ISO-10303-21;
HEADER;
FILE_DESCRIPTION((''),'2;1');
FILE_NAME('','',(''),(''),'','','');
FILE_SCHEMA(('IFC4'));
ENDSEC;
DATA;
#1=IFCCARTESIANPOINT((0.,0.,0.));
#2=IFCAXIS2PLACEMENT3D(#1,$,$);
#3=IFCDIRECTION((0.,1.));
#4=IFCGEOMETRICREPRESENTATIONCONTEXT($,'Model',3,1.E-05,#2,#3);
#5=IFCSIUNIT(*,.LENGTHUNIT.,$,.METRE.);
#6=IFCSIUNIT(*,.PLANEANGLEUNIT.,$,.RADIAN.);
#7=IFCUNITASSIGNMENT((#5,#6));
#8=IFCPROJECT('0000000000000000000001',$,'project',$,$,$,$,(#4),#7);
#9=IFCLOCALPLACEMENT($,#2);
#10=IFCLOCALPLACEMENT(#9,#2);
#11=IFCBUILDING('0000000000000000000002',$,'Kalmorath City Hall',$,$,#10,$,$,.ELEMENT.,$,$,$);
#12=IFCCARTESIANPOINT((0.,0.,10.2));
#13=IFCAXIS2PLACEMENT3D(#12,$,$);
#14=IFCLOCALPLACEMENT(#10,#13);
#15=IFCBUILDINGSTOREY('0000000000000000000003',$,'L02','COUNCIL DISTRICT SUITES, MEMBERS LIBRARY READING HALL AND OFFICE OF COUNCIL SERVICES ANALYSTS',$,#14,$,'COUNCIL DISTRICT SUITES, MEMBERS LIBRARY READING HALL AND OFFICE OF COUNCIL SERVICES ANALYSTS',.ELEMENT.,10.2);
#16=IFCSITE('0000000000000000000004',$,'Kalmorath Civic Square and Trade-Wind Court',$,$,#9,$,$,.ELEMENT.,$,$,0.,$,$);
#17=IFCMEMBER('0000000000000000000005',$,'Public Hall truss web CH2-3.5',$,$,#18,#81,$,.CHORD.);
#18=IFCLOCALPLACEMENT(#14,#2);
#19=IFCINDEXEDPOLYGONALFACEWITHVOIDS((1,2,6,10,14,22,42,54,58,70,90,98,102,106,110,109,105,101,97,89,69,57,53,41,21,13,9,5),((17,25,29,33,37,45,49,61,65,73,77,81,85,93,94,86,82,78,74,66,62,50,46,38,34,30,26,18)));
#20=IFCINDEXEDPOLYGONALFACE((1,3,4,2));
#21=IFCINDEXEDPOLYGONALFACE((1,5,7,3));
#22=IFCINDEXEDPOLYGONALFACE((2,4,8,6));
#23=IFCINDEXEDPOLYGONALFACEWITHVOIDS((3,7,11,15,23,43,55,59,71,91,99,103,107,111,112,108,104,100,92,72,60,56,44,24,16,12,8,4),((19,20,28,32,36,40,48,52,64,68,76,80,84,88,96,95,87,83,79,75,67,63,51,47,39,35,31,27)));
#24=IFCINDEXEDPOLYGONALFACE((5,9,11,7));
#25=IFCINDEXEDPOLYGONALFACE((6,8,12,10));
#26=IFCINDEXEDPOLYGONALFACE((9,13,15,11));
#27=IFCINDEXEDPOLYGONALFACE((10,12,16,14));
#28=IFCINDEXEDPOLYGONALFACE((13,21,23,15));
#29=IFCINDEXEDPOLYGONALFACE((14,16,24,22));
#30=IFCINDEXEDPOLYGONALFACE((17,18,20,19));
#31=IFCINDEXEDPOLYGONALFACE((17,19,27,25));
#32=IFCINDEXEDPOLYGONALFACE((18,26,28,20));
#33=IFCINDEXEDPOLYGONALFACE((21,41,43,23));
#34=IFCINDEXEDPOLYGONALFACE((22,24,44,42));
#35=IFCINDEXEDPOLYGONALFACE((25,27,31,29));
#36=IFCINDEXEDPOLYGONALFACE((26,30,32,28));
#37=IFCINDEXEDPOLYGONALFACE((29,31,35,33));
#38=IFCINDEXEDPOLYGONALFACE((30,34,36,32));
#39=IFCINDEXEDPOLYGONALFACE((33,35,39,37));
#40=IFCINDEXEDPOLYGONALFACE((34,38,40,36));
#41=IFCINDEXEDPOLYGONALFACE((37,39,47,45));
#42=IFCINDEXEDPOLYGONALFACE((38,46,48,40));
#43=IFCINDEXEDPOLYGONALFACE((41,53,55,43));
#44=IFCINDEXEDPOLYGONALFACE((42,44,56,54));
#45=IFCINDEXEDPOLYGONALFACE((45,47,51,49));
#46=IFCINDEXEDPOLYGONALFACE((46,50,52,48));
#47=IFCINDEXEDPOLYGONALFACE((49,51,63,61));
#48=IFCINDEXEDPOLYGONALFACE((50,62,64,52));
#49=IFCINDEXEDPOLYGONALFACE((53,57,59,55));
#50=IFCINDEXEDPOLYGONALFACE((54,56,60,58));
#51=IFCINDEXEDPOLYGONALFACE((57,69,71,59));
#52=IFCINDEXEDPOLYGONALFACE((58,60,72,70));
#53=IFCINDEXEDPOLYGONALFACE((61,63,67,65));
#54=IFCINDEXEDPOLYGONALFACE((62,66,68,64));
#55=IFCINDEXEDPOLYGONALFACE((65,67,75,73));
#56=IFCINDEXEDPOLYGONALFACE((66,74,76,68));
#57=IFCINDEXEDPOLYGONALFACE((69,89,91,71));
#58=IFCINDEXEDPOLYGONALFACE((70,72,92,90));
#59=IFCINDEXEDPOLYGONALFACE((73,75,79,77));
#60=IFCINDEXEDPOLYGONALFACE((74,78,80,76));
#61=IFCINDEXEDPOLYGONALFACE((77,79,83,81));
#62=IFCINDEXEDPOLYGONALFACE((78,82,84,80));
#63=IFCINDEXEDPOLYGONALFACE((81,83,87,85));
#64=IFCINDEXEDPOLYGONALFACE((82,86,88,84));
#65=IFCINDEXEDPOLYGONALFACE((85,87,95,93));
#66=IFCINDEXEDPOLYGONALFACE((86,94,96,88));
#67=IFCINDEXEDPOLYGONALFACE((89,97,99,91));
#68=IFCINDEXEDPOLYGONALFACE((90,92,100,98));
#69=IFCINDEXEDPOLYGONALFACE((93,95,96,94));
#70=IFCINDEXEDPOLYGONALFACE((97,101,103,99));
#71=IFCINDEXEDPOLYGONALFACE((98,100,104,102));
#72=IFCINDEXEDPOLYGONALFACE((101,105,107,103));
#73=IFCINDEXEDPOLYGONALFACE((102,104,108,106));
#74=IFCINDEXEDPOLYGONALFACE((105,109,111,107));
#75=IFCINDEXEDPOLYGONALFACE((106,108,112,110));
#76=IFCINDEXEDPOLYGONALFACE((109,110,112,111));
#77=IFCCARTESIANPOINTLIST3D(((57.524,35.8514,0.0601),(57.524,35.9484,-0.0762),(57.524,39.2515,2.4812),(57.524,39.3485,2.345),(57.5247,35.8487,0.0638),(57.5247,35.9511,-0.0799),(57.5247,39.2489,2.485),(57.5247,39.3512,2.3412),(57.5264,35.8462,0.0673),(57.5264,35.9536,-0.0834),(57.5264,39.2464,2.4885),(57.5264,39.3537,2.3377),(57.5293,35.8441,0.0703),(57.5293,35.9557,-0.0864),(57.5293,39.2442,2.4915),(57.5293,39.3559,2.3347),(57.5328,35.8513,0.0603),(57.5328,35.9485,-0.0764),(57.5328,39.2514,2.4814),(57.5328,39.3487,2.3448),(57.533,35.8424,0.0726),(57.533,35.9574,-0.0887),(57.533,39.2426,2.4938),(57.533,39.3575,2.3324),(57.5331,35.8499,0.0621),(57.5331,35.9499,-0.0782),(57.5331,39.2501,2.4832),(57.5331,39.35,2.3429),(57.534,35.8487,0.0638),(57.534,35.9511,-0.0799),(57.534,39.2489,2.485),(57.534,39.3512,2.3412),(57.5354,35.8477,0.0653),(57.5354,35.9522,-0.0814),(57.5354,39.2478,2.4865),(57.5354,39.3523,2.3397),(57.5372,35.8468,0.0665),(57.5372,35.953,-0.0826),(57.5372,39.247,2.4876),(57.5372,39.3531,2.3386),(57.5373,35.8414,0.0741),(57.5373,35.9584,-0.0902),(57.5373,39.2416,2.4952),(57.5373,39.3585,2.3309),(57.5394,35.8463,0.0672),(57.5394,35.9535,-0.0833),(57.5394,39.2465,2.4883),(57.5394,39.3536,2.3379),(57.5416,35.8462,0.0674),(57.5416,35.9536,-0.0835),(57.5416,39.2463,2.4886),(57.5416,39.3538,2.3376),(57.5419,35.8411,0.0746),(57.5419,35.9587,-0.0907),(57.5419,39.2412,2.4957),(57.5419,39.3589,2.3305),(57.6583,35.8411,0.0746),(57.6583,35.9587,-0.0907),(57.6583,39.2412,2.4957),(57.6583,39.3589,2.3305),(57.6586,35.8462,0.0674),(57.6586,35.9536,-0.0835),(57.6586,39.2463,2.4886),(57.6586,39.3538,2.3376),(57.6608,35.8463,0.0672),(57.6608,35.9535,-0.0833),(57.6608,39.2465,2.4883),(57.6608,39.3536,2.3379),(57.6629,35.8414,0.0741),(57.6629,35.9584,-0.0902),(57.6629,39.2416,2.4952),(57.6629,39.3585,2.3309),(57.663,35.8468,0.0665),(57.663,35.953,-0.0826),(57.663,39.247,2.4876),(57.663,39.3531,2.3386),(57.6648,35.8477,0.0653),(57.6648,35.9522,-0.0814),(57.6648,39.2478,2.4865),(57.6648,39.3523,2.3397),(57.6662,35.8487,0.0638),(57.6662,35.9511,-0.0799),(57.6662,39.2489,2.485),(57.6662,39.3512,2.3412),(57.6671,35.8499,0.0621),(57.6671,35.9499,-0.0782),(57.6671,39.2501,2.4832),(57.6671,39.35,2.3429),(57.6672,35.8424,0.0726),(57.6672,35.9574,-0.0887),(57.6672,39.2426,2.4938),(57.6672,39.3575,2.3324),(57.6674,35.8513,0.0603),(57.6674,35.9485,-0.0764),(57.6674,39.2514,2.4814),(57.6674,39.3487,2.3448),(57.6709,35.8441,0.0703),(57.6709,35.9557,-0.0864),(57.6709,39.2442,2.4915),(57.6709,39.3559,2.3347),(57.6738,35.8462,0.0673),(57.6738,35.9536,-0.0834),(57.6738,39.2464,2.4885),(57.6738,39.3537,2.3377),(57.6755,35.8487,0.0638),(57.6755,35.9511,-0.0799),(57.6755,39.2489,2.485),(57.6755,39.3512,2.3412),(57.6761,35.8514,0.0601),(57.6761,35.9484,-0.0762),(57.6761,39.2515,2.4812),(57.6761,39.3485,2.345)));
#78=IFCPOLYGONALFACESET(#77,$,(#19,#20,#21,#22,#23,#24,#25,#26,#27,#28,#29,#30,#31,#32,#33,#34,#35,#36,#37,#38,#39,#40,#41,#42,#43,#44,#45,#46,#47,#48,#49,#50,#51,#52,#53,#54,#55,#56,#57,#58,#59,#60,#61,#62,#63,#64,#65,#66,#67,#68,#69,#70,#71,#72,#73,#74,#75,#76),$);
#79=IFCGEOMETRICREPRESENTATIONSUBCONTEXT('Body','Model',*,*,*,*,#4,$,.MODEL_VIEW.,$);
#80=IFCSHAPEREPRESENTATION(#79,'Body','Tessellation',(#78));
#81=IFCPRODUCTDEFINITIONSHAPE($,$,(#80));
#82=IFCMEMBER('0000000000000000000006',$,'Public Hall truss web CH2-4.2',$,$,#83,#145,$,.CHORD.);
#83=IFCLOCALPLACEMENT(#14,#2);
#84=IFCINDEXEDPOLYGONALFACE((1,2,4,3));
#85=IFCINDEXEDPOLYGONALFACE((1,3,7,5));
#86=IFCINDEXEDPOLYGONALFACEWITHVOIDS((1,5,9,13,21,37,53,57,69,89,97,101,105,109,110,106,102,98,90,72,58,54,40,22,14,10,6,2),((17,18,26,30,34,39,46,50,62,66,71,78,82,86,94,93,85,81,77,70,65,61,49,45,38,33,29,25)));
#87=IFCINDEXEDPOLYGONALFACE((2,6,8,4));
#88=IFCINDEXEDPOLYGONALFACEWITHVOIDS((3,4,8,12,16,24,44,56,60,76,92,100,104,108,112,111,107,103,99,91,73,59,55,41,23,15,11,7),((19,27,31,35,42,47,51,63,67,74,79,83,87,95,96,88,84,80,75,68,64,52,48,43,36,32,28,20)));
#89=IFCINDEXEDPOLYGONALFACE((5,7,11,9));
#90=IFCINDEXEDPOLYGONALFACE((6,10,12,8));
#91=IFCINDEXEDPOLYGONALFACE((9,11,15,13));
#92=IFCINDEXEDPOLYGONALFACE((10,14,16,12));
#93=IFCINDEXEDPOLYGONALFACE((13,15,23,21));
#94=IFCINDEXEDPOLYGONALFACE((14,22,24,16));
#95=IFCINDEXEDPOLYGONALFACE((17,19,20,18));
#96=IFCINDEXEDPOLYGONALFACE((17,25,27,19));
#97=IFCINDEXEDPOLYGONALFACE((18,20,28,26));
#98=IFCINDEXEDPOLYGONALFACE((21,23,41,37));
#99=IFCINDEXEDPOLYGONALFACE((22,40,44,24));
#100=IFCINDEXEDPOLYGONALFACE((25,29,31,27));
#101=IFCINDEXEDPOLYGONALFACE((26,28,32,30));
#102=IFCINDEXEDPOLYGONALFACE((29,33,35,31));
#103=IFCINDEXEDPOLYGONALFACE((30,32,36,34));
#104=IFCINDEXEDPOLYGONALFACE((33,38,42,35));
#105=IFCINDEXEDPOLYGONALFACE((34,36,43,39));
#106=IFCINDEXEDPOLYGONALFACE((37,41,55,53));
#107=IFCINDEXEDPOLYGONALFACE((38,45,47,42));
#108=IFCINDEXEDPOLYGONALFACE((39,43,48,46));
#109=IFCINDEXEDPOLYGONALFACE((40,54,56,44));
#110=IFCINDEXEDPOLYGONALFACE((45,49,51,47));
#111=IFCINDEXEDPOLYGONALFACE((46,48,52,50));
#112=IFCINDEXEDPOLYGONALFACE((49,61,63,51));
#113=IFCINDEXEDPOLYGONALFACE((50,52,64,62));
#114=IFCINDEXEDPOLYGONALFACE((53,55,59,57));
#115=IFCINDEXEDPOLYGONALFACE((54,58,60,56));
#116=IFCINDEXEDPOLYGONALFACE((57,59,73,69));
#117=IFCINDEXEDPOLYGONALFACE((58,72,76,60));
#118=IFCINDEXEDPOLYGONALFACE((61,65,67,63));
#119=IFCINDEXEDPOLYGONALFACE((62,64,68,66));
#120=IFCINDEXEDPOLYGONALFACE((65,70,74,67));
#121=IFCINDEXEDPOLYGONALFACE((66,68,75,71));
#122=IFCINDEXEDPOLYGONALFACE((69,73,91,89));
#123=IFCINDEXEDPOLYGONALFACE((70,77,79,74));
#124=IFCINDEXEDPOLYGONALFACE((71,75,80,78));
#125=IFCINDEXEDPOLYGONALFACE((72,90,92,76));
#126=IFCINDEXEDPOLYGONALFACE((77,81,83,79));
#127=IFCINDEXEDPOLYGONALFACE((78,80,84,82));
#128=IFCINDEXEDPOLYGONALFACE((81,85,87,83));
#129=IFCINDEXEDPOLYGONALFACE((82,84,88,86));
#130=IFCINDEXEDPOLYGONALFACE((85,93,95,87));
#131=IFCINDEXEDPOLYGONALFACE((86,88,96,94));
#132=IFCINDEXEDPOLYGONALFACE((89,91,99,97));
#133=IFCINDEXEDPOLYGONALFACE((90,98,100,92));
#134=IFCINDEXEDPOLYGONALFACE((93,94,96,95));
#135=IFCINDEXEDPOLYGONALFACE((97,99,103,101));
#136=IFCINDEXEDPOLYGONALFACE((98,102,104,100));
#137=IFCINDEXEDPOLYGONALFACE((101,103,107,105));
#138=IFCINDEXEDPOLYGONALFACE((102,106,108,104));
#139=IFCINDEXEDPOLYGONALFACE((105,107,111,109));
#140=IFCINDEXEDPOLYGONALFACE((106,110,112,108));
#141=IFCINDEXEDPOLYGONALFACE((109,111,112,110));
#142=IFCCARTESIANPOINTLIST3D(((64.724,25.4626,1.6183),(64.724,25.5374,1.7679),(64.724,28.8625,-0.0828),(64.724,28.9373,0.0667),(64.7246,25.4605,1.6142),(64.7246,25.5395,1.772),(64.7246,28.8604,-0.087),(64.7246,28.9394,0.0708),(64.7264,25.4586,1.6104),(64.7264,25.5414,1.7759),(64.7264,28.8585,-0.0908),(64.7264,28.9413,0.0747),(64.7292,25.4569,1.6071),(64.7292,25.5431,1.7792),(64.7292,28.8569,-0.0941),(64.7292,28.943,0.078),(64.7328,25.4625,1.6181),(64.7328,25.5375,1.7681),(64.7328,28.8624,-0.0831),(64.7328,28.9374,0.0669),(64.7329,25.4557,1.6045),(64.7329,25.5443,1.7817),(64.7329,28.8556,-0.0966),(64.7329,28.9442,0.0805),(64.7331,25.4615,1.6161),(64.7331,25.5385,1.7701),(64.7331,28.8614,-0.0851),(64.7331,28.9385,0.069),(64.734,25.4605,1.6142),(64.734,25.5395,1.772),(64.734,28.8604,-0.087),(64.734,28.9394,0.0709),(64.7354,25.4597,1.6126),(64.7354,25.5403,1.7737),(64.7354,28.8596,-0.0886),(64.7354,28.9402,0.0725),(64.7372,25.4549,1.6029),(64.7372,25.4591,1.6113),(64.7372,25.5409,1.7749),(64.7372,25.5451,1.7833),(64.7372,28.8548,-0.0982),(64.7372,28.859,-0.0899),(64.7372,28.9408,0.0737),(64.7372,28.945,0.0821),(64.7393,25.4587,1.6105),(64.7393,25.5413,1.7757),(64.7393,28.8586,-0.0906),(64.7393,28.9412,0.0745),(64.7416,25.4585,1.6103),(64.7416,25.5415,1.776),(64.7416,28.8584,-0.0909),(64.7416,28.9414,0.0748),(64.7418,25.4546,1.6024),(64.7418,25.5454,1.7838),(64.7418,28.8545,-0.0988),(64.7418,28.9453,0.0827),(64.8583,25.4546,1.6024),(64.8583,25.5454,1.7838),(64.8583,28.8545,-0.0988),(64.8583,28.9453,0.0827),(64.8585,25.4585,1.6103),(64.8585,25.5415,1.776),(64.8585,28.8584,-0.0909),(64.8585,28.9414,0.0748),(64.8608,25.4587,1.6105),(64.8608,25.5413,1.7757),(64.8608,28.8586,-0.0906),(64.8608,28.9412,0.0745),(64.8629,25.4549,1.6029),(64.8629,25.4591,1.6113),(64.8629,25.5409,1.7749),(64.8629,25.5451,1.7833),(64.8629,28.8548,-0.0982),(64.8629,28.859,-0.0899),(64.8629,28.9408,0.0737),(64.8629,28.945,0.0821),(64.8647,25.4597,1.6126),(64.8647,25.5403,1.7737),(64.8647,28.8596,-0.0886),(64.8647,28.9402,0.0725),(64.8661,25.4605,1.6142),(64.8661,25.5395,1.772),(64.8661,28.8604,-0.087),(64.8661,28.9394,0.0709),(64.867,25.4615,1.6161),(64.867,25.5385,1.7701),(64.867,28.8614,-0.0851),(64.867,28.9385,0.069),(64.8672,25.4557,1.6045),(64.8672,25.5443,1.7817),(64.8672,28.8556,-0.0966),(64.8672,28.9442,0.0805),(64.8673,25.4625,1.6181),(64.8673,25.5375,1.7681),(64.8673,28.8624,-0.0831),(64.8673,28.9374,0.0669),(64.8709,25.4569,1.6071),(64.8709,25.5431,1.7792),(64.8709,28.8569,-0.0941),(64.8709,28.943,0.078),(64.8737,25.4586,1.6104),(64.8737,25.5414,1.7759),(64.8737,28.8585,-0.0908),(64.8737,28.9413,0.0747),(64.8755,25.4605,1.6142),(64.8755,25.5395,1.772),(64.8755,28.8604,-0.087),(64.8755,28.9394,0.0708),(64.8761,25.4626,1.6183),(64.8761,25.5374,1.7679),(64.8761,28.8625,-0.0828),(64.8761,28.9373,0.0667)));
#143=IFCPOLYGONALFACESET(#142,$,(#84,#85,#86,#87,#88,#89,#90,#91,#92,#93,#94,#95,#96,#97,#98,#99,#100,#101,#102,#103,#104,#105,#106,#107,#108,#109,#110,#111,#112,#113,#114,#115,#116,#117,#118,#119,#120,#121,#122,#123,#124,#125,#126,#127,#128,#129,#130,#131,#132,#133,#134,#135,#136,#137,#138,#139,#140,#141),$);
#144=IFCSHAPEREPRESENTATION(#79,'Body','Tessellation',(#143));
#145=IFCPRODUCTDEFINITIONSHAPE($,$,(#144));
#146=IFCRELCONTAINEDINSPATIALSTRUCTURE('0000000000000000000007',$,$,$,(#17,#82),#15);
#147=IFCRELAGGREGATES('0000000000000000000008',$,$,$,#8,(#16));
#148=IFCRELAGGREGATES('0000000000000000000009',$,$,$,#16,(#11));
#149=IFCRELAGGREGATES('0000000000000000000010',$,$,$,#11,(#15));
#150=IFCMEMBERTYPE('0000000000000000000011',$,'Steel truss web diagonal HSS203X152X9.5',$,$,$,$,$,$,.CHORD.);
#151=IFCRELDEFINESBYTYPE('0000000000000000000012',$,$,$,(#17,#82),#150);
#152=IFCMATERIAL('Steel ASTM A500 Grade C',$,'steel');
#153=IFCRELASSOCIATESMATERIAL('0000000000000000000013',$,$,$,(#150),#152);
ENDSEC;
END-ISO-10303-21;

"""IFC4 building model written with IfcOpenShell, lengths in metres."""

from ifc_helpers import new_model, si_unit, direction, frame, origin, origin_2d, place, context, subcontext, project, spatial, hollow_rectangle, extrude, material, material_profile, profile_set, type_object, element, save


model = new_model("IFC4")

# Units and contexts
model_context = context("Model", 3, precision=1e-05, world=origin(), true_north=direction((0.0, 1.0)))
body_context = subcontext(model_context, "Body", "Model", "MODEL_VIEW")
ifc_project = project(units=[si_unit("LENGTHUNIT", "METRE"), si_unit("PLANEANGLEUNIT", "RADIAN")], contexts=[model_context])

# Site, building, storey
site_placement = place(None, origin())
site = spatial("IfcSite", under=ifc_project, at=site_placement, Name="Kalmorath Civic Square and Trade-Wind Court", CompositionType="ELEMENT", RefElevation=0.0)
building_placement = place(site_placement, origin())
building = spatial("IfcBuilding", under=site, at=building_placement, Name="Kalmorath City Hall", CompositionType="ELEMENT")
storey_placement = place(building_placement, frame((0.0, 0.0, 10.2)))
storey = spatial("IfcBuildingStorey", under=building, at=storey_placement, Name="L02", Description="COUNCIL DISTRICT SUITES, MEMBERS LIBRARY READING HALL AND OFFICE OF COUNCIL SERVICES ANALYSTS", LongName="COUNCIL DISTRICT SUITES, MEMBERS LIBRARY READING HALL AND OFFICE OF COUNCIL SERVICES ANALYSTS", CompositionType="ELEMENT", Elevation=10.2)

# Members
ifc_material_1 = material(Name="Steel ASTM A500 Grade C", Category="steel")
ifc_material_profile_1 = material_profile(ifc_material_1, hollow_rectangle(XDim=0.1521, YDim=0.2029, WallThickness=0.0088, InnerFilletRadius=0.0088, OuterFilletRadius=0.0178, at=origin_2d()), Name="HSS203X152X9.5")
ifc_profile_set_1 = profile_set([ifc_material_profile_1], Name="Steel ASTM A500 Grade C")
member_type_1 = type_object("IfcMemberType", Name="Steel truss web diagonal HSS203X152X9.5", PredefinedType="CHORD", material=ifc_profile_set_1)
member_1_placement = place(storey_placement, frame((57.6001, 35.8999, -0.0081), z_axis=(0.0, 0.814586, 0.580042), x_axis=(-1.0, 0.0, 0.0)))
element("IfcMember", 1, at=member_1_placement, inside=storey, type_object=member_type_1, Name="Public Hall truss web CH2-3.5", PredefinedType="CHORD", context=body_context, shape_type="SweptSolid", body=[
    extrude(hollow_rectangle(XDim=0.1521, YDim=0.2029, WallThickness=0.0088, InnerFilletRadius=0.0088, OuterFilletRadius=0.0178, at=origin_2d()), origin(), (0.0, 0.0, 1.0), 4.1741),
])
member_2_placement = place(storey_placement, frame((64.8, 25.5, 1.6931), z_axis=(0.0, 0.894299, -0.44747), x_axis=(-1.0, 0.0, 0.0)))
element("IfcMember", 2, at=member_2_placement, inside=storey, type_object=member_type_1, Name="Public Hall truss web CH2-4.2", PredefinedType="CHORD", context=body_context, shape_type="SweptSolid", body=[
    extrude(hollow_rectangle(XDim=0.1521, YDim=0.2029, WallThickness=0.0088, InnerFilletRadius=0.0088, OuterFilletRadius=0.0178, at=origin_2d()), origin(), (0.0, 0.0, 1.0), 3.8018),
])

save(model, "model.ifc")
